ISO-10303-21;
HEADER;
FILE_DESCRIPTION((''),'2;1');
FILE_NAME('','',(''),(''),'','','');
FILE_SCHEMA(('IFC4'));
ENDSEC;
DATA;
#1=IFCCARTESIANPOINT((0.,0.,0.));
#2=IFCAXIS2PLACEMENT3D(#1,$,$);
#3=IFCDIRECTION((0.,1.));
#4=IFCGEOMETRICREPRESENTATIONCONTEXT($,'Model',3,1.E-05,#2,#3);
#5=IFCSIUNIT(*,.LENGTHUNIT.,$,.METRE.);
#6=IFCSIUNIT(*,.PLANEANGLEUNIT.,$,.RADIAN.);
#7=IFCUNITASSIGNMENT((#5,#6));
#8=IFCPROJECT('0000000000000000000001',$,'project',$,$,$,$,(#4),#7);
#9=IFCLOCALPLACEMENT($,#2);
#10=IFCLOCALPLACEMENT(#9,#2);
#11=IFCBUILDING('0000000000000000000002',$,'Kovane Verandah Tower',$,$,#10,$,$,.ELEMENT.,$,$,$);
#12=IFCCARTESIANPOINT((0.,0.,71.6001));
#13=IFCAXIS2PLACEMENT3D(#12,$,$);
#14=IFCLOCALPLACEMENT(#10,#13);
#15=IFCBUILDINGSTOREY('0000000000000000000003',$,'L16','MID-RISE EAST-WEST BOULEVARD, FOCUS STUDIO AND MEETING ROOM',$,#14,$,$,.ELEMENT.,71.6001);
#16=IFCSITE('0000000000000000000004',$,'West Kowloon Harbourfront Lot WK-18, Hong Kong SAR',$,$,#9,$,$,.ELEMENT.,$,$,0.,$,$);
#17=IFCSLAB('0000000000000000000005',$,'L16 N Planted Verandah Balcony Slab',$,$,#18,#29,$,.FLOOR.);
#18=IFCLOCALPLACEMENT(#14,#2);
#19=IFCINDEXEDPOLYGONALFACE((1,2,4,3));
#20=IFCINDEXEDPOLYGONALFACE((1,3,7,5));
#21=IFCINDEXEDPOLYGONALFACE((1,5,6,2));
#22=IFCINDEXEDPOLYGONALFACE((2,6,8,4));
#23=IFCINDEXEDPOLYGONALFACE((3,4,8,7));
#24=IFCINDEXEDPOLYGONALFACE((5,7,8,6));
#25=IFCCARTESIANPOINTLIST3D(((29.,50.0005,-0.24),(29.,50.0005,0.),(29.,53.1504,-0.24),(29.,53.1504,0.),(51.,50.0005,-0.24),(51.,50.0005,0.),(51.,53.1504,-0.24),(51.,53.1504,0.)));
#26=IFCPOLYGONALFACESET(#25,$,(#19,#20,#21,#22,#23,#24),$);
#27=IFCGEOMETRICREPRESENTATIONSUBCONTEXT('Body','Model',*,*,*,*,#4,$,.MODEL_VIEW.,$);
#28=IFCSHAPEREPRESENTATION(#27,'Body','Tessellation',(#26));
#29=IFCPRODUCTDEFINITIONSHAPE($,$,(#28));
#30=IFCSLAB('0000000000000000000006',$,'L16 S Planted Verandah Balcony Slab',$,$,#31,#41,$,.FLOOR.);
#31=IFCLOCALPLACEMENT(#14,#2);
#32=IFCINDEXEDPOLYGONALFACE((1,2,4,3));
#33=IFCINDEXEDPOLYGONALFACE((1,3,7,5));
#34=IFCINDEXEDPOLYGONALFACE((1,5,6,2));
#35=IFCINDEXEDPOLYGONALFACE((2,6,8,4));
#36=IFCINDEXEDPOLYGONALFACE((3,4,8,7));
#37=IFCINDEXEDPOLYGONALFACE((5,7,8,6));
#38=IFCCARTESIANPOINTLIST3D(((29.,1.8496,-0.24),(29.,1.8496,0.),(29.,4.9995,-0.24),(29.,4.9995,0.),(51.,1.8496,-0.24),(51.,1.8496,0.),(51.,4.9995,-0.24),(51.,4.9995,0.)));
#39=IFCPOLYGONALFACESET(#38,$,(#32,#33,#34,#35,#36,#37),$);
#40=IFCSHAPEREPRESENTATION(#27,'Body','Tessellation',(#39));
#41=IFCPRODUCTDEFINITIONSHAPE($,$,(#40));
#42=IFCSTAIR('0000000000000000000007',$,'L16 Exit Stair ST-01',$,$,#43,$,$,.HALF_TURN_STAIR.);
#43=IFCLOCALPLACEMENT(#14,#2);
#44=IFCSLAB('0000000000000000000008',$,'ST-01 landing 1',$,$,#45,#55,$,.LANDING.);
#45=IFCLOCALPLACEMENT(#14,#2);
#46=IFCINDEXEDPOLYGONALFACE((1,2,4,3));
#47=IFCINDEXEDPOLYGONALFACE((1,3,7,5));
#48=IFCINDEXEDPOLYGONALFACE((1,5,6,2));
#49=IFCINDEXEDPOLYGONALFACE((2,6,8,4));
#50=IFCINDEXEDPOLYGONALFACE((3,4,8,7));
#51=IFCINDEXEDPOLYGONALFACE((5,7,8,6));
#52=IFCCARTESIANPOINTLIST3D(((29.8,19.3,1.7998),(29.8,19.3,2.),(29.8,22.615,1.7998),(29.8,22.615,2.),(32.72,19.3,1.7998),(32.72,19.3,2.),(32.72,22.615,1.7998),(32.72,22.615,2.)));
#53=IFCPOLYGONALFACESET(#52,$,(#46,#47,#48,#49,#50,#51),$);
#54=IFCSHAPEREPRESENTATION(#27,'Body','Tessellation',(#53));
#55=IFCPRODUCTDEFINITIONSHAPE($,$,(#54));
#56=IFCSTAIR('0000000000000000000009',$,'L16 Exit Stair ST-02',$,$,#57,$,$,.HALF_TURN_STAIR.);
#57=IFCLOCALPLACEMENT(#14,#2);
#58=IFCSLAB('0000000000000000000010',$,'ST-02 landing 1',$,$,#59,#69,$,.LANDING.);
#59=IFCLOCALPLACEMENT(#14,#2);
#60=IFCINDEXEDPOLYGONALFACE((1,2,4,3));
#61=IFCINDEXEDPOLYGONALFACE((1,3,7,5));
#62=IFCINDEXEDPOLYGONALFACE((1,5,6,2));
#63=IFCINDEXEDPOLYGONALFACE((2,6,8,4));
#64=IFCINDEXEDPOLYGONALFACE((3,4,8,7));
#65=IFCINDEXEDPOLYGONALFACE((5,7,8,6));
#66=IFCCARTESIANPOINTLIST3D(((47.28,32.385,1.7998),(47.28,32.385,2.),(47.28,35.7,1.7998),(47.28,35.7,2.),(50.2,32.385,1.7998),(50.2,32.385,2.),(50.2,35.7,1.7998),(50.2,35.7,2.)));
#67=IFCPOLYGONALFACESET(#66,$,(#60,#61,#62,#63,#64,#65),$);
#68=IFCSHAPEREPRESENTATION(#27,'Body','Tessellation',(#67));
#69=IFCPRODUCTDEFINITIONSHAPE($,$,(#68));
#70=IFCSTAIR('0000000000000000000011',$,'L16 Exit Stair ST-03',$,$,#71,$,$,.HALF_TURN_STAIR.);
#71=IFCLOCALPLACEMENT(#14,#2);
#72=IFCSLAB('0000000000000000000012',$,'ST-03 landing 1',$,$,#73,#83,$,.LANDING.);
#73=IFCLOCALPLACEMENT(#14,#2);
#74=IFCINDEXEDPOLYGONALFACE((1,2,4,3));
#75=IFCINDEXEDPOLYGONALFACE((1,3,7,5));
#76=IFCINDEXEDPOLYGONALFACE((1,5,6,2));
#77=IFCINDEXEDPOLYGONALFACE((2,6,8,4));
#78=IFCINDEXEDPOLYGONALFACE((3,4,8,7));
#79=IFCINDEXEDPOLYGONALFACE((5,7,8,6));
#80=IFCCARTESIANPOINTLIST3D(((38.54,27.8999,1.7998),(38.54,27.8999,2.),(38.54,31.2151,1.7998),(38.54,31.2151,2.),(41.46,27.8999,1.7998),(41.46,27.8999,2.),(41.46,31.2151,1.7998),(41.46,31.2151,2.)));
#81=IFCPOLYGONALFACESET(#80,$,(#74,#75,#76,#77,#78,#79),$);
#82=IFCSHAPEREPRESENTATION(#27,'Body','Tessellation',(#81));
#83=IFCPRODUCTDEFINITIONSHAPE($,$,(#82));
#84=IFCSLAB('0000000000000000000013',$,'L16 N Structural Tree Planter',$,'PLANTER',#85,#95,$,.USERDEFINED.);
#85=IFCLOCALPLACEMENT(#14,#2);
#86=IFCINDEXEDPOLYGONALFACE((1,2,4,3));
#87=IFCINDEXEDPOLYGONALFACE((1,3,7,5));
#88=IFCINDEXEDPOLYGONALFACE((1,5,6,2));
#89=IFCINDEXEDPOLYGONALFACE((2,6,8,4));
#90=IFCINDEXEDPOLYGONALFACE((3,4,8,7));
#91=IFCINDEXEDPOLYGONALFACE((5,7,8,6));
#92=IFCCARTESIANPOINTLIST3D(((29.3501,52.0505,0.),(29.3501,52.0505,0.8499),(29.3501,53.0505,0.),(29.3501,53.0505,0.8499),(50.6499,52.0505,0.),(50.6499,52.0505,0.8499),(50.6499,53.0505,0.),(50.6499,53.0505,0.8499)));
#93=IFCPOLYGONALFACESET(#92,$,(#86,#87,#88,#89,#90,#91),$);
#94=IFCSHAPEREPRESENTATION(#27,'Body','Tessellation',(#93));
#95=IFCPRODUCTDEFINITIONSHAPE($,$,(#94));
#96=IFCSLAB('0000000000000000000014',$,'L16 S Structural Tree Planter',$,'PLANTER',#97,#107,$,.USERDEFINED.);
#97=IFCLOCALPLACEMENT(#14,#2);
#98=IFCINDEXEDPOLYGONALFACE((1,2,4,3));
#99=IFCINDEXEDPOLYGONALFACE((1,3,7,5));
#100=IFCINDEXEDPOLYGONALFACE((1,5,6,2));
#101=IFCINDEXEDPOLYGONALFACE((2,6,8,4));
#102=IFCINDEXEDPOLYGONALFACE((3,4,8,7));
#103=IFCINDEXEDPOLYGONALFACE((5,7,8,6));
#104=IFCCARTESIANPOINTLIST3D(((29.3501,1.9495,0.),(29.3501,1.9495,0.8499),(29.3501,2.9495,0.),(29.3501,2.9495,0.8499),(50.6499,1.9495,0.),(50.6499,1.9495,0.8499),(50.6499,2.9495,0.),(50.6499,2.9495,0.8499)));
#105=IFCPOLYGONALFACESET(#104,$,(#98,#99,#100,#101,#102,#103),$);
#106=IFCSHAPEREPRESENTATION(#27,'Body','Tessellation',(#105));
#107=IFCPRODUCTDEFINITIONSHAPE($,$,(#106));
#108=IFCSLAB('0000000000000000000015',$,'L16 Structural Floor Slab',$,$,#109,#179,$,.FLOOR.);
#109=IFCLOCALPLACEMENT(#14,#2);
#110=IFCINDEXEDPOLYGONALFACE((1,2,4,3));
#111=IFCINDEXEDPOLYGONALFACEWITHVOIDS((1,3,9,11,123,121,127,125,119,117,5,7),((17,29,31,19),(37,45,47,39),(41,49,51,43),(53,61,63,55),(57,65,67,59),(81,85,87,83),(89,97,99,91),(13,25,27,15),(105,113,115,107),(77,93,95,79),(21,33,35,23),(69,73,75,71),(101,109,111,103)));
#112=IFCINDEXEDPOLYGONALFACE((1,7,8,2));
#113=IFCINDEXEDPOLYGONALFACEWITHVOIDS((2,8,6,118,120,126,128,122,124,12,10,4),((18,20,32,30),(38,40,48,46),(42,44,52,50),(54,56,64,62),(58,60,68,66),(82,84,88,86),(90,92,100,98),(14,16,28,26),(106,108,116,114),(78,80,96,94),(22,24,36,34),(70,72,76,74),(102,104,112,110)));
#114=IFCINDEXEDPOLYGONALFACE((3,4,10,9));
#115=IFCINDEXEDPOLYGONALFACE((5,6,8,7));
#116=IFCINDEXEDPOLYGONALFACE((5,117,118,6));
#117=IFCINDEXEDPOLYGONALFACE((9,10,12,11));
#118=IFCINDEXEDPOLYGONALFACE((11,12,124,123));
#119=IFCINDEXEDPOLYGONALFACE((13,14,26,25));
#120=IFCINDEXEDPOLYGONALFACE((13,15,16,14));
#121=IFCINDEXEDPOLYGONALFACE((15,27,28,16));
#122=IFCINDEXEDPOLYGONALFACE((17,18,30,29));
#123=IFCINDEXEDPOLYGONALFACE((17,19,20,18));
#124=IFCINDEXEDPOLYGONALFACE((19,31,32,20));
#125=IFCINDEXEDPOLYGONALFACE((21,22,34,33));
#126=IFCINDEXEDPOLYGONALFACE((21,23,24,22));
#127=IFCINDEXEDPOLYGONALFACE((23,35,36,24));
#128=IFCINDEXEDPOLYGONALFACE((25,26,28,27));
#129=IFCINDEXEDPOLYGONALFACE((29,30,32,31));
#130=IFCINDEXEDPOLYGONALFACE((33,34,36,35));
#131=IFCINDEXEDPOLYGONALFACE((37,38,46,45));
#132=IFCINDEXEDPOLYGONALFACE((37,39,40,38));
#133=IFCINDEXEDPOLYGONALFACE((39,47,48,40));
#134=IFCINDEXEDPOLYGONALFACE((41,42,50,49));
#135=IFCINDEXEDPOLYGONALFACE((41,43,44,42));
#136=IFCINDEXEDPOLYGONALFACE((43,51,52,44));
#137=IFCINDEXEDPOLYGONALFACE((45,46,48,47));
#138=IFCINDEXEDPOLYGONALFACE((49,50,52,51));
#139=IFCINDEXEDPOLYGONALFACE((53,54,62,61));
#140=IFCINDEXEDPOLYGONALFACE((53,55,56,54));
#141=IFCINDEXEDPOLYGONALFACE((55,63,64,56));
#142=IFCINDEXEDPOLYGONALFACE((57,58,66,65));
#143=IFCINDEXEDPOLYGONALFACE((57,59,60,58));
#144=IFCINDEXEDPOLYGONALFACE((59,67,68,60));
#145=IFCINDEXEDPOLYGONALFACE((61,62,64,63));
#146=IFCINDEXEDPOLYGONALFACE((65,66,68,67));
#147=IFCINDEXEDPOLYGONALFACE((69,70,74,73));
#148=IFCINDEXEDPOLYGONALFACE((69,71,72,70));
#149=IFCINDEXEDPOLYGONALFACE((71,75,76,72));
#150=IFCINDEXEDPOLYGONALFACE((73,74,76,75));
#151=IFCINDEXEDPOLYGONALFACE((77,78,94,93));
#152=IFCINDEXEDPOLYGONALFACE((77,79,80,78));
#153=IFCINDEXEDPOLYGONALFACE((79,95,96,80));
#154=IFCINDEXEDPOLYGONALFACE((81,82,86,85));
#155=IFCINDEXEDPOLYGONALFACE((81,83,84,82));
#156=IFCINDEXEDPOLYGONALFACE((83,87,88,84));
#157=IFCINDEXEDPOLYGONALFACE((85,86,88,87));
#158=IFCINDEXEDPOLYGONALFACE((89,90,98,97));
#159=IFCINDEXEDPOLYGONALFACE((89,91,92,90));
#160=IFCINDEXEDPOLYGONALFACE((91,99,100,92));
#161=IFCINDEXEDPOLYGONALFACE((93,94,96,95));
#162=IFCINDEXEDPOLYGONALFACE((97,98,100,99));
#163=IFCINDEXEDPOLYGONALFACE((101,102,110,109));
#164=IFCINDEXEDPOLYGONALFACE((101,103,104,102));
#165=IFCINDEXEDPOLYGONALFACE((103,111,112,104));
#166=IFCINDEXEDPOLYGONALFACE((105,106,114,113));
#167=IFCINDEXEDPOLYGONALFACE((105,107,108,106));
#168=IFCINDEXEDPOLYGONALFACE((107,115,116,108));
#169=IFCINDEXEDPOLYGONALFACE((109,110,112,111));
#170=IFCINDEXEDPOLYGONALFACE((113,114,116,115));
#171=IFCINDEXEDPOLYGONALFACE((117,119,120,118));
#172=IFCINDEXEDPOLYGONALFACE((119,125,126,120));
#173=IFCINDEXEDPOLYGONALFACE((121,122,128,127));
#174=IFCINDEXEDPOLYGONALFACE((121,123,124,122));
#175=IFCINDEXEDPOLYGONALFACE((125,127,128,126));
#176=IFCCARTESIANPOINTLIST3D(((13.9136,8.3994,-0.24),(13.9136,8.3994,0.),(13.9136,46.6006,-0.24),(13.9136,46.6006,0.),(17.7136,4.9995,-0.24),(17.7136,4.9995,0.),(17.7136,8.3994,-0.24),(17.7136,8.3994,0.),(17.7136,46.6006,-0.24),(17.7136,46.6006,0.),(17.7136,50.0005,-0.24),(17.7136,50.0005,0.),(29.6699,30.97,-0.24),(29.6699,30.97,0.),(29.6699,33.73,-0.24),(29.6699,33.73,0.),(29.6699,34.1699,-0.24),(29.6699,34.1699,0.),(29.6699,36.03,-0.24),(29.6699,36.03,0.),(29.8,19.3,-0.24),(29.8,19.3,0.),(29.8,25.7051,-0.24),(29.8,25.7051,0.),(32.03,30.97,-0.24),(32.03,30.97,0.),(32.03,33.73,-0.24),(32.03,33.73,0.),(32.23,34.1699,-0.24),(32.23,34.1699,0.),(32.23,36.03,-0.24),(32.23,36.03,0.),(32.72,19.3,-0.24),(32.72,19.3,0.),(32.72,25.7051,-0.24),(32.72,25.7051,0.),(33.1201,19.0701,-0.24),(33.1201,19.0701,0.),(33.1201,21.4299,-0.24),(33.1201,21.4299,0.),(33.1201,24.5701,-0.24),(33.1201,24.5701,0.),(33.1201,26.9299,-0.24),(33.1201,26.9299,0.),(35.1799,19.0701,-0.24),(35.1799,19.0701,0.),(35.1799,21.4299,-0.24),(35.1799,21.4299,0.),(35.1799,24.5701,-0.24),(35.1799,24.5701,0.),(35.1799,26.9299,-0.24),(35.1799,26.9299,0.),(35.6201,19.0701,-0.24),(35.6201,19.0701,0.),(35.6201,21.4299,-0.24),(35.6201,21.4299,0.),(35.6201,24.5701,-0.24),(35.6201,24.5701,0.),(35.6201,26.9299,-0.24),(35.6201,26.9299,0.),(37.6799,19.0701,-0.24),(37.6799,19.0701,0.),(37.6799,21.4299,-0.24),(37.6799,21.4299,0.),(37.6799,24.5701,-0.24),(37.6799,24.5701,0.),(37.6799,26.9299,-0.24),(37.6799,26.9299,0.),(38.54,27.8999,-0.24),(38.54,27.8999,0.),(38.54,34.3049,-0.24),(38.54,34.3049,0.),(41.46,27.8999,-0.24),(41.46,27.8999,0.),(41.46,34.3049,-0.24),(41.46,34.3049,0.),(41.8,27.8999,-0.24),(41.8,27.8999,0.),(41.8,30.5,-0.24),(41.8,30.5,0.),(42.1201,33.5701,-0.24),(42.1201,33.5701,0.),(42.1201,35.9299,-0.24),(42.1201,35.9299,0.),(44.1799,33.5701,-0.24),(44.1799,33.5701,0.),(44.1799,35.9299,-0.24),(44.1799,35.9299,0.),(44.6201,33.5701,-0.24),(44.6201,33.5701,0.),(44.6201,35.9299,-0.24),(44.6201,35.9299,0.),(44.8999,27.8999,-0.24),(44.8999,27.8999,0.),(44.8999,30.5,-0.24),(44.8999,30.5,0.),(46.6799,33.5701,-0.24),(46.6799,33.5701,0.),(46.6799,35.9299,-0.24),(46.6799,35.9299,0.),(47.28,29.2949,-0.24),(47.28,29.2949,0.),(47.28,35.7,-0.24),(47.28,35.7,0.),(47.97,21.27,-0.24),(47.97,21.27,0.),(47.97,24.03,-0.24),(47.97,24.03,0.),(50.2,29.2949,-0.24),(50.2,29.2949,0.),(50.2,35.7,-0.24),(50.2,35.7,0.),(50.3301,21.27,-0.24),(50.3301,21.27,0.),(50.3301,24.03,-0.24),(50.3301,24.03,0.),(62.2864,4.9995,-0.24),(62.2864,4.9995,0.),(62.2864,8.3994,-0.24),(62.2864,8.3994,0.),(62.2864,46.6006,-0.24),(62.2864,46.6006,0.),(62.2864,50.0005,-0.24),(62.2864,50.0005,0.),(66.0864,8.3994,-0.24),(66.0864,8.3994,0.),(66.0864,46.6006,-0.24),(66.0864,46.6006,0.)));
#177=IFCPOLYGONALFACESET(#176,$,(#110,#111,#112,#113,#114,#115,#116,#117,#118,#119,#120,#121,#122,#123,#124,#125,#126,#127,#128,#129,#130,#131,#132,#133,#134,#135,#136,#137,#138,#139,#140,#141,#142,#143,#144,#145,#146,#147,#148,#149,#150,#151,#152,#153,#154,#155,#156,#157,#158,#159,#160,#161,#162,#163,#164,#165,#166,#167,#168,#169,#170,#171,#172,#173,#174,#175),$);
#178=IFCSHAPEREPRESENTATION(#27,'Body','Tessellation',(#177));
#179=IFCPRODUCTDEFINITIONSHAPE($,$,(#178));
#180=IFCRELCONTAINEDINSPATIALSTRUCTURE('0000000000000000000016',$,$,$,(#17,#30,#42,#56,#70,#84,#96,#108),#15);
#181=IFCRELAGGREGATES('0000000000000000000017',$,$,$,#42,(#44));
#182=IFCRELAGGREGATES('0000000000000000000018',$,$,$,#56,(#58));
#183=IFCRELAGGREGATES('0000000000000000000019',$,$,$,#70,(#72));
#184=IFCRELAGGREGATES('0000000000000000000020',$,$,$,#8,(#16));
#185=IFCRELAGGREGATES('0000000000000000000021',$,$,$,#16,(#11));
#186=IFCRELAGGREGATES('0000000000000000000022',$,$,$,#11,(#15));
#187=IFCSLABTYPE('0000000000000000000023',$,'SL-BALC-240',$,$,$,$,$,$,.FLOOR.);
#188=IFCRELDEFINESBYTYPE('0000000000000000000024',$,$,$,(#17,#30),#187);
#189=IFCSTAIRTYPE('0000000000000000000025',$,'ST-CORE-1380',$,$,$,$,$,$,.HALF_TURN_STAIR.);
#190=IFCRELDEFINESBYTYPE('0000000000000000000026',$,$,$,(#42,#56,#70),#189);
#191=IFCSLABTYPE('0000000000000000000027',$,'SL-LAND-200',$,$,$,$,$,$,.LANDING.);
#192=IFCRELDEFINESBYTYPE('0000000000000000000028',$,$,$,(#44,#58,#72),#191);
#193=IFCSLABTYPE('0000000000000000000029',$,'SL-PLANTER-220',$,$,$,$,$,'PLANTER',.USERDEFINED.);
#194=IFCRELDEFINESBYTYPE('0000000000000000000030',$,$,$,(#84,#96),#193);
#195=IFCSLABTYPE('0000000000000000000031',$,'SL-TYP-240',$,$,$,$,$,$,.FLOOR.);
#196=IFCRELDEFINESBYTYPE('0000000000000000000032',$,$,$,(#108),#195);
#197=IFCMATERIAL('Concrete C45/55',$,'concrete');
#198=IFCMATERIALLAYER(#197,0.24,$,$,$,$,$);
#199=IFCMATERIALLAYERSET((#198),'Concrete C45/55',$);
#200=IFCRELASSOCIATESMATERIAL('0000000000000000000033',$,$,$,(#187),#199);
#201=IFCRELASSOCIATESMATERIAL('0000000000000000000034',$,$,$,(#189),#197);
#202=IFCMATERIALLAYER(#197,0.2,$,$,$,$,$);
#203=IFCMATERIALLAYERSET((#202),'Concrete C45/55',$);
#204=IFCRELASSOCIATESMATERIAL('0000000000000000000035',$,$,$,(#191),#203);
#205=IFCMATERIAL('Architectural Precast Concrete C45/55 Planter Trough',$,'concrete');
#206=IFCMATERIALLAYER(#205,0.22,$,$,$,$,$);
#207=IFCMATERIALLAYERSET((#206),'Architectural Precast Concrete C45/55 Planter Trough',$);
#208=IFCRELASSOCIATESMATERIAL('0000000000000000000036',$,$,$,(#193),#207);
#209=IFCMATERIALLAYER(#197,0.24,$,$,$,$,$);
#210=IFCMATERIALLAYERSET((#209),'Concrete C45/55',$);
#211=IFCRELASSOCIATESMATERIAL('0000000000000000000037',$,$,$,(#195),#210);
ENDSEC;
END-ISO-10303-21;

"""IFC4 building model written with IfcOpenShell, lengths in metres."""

from ifc_helpers import new_model, si_unit, direction, frame, origin, place, context, subcontext, project, spatial, polyline, outline, extrude, material, layer, layer_set, type_object, element, aggregate, save


model = new_model("IFC4")

# Units and contexts
model_context = context("Model", 3, precision=1e-05, world=origin(), true_north=direction((0.0, 1.0)))
body_context = subcontext(model_context, "Body", "Model", "MODEL_VIEW")
ifc_project = project(units=[si_unit("LENGTHUNIT", "METRE"), si_unit("PLANEANGLEUNIT", "RADIAN")], contexts=[model_context])

# Site, building, storey
site_placement = place(None, origin())
site = spatial("IfcSite", under=ifc_project, at=site_placement, Name="West Kowloon Harbourfront Lot WK-18, Hong Kong SAR", CompositionType="ELEMENT", RefElevation=0.0)
building_placement = place(site_placement, origin())
building = spatial("IfcBuilding", under=site, at=building_placement, Name="Kovane Verandah Tower", CompositionType="ELEMENT")
storey_placement = place(building_placement, frame((0.0, 0.0, 71.6001)))
storey = spatial("IfcBuildingStorey", under=building, at=storey_placement, Name="L16", Description="MID-RISE EAST-WEST BOULEVARD, FOCUS STUDIO AND MEETING ROOM", CompositionType="ELEMENT", Elevation=71.6001)

# Slabs
ifc_material_1 = material(Name="Concrete C45/55", Category="concrete")
ifc_layer_1 = layer(ifc_material_1, 0.24)
ifc_layer_set_1 = layer_set([ifc_layer_1], Name="Concrete C45/55")
slab_type_1 = type_object("IfcSlabType", Name="SL-BALC-240", PredefinedType="FLOOR", material=ifc_layer_set_1)
slab_1_placement = place(storey_placement, frame((0.0, 0.0, -0.24)))
element("IfcSlab", 1, at=slab_1_placement, inside=storey, type_object=slab_type_1, Name="L16 N Planted Verandah Balcony Slab", PredefinedType="FLOOR", context=body_context, shape_type="SweptSolid", body=[
    extrude(outline(polyline([(29.0, 50.0005), (51.0, 50.0005), (51.0, 53.1504), (29.0, 53.1504), (29.0, 50.0005)])), origin(), (0.0, 0.0, 1.0), 0.24),
])
slab_2_placement = place(storey_placement, frame((0.0, 0.0, -0.24)))
element("IfcSlab", 2, at=slab_2_placement, inside=storey, type_object=slab_type_1, Name="L16 S Planted Verandah Balcony Slab", PredefinedType="FLOOR", context=body_context, shape_type="SweptSolid", body=[
    extrude(outline(polyline([(29.0, 1.8496), (51.0, 1.8496), (51.0, 4.9995), (29.0, 4.9995), (29.0, 1.8496)])), origin(), (0.0, 0.0, 1.0), 0.24),
])

# Stairs, slabs
stair_type = type_object("IfcStairType", Name="ST-CORE-1380", PredefinedType="HALF_TURN_STAIR", material=ifc_material_1)
stair_1_placement = place(storey_placement, origin())
stair_1 = element("IfcStair", 3, at=stair_1_placement, inside=storey, type_object=stair_type, Name="L16 Exit Stair ST-01", PredefinedType="HALF_TURN_STAIR")
ifc_layer_2 = layer(ifc_material_1, 0.2)
ifc_layer_set_2 = layer_set([ifc_layer_2], Name="Concrete C45/55")
slab_type_2 = type_object("IfcSlabType", Name="SL-LAND-200", PredefinedType="LANDING", material=ifc_layer_set_2)
slab_3_placement = place(storey_placement, frame((0.0, 0.0, 1.7998)))
slab_3 = element("IfcSlab", 4, at=slab_3_placement, type_object=slab_type_2, Name="ST-01 landing 1", PredefinedType="LANDING", context=body_context, shape_type="SweptSolid", body=[
    extrude(outline(polyline([(29.8, 22.615), (29.8, 19.3), (32.72, 19.3), (32.72, 22.615), (29.8, 22.615)])), origin(), (0.0, 0.0, 1.0), 0.2002),
])
aggregate(stair_1, [slab_3])
stair_2_placement = place(storey_placement, origin())
stair_2 = element("IfcStair", 5, at=stair_2_placement, inside=storey, type_object=stair_type, Name="L16 Exit Stair ST-02", PredefinedType="HALF_TURN_STAIR")
slab_4_placement = place(storey_placement, frame((0.0, 0.0, 1.7998)))
slab_4 = element("IfcSlab", 6, at=slab_4_placement, type_object=slab_type_2, Name="ST-02 landing 1", PredefinedType="LANDING", context=body_context, shape_type="SweptSolid", body=[
    extrude(outline(polyline([(50.2, 32.385), (50.2, 35.7), (47.28, 35.7), (47.28, 32.385), (50.2, 32.385)])), origin(), (0.0, 0.0, 1.0), 0.2002),
])
aggregate(stair_2, [slab_4])
stair_3_placement = place(storey_placement, origin())
stair_3 = element("IfcStair", 7, at=stair_3_placement, inside=storey, type_object=stair_type, Name="L16 Exit Stair ST-03", PredefinedType="HALF_TURN_STAIR")
slab_5_placement = place(storey_placement, frame((0.0, 0.0, 1.7998)))
slab_5 = element("IfcSlab", 8, at=slab_5_placement, type_object=slab_type_2, Name="ST-03 landing 1", PredefinedType="LANDING", context=body_context, shape_type="SweptSolid", body=[
    extrude(outline(polyline([(38.54, 31.2151), (38.54, 27.8999), (41.46, 27.8999), (41.46, 31.2151), (38.54, 31.2151)])), origin(), (0.0, 0.0, 1.0), 0.2002),
])
aggregate(stair_3, [slab_5])

# Slabs
ifc_material_2 = material(Name="Architectural Precast Concrete C45/55 Planter Trough", Category="concrete")
ifc_layer_3 = layer(ifc_material_2, 0.22)
ifc_layer_set_3 = layer_set([ifc_layer_3], Name="Architectural Precast Concrete C45/55 Planter Trough")
slab_type_3 = type_object("IfcSlabType", Name="SL-PLANTER-220", ElementType="PLANTER", PredefinedType="USERDEFINED", material=ifc_layer_set_3)
slab_6_placement = place(storey_placement, origin())
element("IfcSlab", 9, at=slab_6_placement, inside=storey, type_object=slab_type_3, Name="L16 N Structural Tree Planter", ObjectType="PLANTER", PredefinedType="USERDEFINED", context=body_context, shape_type="SweptSolid", body=[
    extrude(outline(polyline([(29.3501, 52.0505), (50.6499, 52.0505), (50.6499, 53.0505), (29.3501, 53.0505), (29.3501, 52.0505)])), origin(), (0.0, 0.0, 1.0), 0.8499),
])
slab_7_placement = place(storey_placement, origin())
element("IfcSlab", 10, at=slab_7_placement, inside=storey, type_object=slab_type_3, Name="L16 S Structural Tree Planter", ObjectType="PLANTER", PredefinedType="USERDEFINED", context=body_context, shape_type="SweptSolid", body=[
    extrude(outline(polyline([(29.3501, 1.9495), (50.6499, 1.9495), (50.6499, 2.9495), (29.3501, 2.9495), (29.3501, 1.9495)])), origin(), (0.0, 0.0, 1.0), 0.8499),
])
ifc_layer_4 = layer(ifc_material_1, 0.24)
ifc_layer_set_4 = layer_set([ifc_layer_4], Name="Concrete C45/55")
slab_type_4 = type_object("IfcSlabType", Name="SL-TYP-240", PredefinedType="FLOOR", material=ifc_layer_set_4)
slab_8_placement = place(storey_placement, frame((0.0, 0.0, -0.24)))
element("IfcSlab", 11, at=slab_8_placement, inside=storey, type_object=slab_type_4, Name="L16 Structural Floor Slab", PredefinedType="FLOOR", context=body_context, shape_type="SweptSolid", body=[
    extrude(outline(polyline([(17.7136, 4.9995), (62.2864, 4.9995), (62.2864, 8.3994), (66.0864, 8.3994), (66.0864, 46.6006), (62.2864, 46.6006), (62.2864, 50.0005), (17.7136, 50.0005), (17.7136, 46.6006), (13.9136, 46.6006), (13.9136, 8.3994), (17.7136, 8.3994), (17.7136, 4.9995)]), holes=[polyline([(29.8, 19.3), (32.72, 19.3), (32.72, 25.7051), (29.8, 25.7051), (29.8, 19.3)]), polyline([(47.28, 29.2949), (50.2, 29.2949), (50.2, 35.7), (47.28, 35.7), (47.28, 29.2949)]), polyline([(38.54, 27.8999), (41.46, 27.8999), (41.46, 34.3049), (38.54, 34.3049), (38.54, 27.8999)]), polyline([(29.6699, 30.97), (32.03, 30.97), (32.03, 33.73), (29.6699, 33.73), (29.6699, 30.97)]), polyline([(47.97, 21.27), (50.3301, 21.27), (50.3301, 24.03), (47.97, 24.03), (47.97, 21.27)]), polyline([(29.6699, 34.1699), (32.23, 34.1699), (32.23, 36.03), (29.6699, 36.03), (29.6699, 34.1699)]), polyline([(33.1201, 19.0701), (35.1799, 19.0701), (35.1799, 21.4299), (33.1201, 21.4299), (33.1201, 19.0701)]), polyline([(35.6201, 19.0701), (37.6799, 19.0701), (37.6799, 21.4299), (35.6201, 21.4299), (35.6201, 19.0701)]), polyline([(33.1201, 24.5701), (35.1799, 24.5701), (35.1799, 26.9299), (33.1201, 26.9299), (33.1201, 24.5701)]), polyline([(35.6201, 24.5701), (37.6799, 24.5701), (37.6799, 26.9299), (35.6201, 26.9299), (35.6201, 24.5701)]), polyline([(42.1201, 33.5701), (44.1799, 33.5701), (44.1799, 35.9299), (42.1201, 35.9299), (42.1201, 33.5701)]), polyline([(44.6201, 33.5701), (46.6799, 33.5701), (46.6799, 35.9299), (44.6201, 35.9299), (44.6201, 33.5701)]), polyline([(41.8, 27.8999), (44.8999, 27.8999), (44.8999, 30.5), (41.8, 30.5), (41.8, 27.8999)])]), origin(), (0.0, 0.0, 1.0), 0.24),
])

save(model, "model.ifc")
